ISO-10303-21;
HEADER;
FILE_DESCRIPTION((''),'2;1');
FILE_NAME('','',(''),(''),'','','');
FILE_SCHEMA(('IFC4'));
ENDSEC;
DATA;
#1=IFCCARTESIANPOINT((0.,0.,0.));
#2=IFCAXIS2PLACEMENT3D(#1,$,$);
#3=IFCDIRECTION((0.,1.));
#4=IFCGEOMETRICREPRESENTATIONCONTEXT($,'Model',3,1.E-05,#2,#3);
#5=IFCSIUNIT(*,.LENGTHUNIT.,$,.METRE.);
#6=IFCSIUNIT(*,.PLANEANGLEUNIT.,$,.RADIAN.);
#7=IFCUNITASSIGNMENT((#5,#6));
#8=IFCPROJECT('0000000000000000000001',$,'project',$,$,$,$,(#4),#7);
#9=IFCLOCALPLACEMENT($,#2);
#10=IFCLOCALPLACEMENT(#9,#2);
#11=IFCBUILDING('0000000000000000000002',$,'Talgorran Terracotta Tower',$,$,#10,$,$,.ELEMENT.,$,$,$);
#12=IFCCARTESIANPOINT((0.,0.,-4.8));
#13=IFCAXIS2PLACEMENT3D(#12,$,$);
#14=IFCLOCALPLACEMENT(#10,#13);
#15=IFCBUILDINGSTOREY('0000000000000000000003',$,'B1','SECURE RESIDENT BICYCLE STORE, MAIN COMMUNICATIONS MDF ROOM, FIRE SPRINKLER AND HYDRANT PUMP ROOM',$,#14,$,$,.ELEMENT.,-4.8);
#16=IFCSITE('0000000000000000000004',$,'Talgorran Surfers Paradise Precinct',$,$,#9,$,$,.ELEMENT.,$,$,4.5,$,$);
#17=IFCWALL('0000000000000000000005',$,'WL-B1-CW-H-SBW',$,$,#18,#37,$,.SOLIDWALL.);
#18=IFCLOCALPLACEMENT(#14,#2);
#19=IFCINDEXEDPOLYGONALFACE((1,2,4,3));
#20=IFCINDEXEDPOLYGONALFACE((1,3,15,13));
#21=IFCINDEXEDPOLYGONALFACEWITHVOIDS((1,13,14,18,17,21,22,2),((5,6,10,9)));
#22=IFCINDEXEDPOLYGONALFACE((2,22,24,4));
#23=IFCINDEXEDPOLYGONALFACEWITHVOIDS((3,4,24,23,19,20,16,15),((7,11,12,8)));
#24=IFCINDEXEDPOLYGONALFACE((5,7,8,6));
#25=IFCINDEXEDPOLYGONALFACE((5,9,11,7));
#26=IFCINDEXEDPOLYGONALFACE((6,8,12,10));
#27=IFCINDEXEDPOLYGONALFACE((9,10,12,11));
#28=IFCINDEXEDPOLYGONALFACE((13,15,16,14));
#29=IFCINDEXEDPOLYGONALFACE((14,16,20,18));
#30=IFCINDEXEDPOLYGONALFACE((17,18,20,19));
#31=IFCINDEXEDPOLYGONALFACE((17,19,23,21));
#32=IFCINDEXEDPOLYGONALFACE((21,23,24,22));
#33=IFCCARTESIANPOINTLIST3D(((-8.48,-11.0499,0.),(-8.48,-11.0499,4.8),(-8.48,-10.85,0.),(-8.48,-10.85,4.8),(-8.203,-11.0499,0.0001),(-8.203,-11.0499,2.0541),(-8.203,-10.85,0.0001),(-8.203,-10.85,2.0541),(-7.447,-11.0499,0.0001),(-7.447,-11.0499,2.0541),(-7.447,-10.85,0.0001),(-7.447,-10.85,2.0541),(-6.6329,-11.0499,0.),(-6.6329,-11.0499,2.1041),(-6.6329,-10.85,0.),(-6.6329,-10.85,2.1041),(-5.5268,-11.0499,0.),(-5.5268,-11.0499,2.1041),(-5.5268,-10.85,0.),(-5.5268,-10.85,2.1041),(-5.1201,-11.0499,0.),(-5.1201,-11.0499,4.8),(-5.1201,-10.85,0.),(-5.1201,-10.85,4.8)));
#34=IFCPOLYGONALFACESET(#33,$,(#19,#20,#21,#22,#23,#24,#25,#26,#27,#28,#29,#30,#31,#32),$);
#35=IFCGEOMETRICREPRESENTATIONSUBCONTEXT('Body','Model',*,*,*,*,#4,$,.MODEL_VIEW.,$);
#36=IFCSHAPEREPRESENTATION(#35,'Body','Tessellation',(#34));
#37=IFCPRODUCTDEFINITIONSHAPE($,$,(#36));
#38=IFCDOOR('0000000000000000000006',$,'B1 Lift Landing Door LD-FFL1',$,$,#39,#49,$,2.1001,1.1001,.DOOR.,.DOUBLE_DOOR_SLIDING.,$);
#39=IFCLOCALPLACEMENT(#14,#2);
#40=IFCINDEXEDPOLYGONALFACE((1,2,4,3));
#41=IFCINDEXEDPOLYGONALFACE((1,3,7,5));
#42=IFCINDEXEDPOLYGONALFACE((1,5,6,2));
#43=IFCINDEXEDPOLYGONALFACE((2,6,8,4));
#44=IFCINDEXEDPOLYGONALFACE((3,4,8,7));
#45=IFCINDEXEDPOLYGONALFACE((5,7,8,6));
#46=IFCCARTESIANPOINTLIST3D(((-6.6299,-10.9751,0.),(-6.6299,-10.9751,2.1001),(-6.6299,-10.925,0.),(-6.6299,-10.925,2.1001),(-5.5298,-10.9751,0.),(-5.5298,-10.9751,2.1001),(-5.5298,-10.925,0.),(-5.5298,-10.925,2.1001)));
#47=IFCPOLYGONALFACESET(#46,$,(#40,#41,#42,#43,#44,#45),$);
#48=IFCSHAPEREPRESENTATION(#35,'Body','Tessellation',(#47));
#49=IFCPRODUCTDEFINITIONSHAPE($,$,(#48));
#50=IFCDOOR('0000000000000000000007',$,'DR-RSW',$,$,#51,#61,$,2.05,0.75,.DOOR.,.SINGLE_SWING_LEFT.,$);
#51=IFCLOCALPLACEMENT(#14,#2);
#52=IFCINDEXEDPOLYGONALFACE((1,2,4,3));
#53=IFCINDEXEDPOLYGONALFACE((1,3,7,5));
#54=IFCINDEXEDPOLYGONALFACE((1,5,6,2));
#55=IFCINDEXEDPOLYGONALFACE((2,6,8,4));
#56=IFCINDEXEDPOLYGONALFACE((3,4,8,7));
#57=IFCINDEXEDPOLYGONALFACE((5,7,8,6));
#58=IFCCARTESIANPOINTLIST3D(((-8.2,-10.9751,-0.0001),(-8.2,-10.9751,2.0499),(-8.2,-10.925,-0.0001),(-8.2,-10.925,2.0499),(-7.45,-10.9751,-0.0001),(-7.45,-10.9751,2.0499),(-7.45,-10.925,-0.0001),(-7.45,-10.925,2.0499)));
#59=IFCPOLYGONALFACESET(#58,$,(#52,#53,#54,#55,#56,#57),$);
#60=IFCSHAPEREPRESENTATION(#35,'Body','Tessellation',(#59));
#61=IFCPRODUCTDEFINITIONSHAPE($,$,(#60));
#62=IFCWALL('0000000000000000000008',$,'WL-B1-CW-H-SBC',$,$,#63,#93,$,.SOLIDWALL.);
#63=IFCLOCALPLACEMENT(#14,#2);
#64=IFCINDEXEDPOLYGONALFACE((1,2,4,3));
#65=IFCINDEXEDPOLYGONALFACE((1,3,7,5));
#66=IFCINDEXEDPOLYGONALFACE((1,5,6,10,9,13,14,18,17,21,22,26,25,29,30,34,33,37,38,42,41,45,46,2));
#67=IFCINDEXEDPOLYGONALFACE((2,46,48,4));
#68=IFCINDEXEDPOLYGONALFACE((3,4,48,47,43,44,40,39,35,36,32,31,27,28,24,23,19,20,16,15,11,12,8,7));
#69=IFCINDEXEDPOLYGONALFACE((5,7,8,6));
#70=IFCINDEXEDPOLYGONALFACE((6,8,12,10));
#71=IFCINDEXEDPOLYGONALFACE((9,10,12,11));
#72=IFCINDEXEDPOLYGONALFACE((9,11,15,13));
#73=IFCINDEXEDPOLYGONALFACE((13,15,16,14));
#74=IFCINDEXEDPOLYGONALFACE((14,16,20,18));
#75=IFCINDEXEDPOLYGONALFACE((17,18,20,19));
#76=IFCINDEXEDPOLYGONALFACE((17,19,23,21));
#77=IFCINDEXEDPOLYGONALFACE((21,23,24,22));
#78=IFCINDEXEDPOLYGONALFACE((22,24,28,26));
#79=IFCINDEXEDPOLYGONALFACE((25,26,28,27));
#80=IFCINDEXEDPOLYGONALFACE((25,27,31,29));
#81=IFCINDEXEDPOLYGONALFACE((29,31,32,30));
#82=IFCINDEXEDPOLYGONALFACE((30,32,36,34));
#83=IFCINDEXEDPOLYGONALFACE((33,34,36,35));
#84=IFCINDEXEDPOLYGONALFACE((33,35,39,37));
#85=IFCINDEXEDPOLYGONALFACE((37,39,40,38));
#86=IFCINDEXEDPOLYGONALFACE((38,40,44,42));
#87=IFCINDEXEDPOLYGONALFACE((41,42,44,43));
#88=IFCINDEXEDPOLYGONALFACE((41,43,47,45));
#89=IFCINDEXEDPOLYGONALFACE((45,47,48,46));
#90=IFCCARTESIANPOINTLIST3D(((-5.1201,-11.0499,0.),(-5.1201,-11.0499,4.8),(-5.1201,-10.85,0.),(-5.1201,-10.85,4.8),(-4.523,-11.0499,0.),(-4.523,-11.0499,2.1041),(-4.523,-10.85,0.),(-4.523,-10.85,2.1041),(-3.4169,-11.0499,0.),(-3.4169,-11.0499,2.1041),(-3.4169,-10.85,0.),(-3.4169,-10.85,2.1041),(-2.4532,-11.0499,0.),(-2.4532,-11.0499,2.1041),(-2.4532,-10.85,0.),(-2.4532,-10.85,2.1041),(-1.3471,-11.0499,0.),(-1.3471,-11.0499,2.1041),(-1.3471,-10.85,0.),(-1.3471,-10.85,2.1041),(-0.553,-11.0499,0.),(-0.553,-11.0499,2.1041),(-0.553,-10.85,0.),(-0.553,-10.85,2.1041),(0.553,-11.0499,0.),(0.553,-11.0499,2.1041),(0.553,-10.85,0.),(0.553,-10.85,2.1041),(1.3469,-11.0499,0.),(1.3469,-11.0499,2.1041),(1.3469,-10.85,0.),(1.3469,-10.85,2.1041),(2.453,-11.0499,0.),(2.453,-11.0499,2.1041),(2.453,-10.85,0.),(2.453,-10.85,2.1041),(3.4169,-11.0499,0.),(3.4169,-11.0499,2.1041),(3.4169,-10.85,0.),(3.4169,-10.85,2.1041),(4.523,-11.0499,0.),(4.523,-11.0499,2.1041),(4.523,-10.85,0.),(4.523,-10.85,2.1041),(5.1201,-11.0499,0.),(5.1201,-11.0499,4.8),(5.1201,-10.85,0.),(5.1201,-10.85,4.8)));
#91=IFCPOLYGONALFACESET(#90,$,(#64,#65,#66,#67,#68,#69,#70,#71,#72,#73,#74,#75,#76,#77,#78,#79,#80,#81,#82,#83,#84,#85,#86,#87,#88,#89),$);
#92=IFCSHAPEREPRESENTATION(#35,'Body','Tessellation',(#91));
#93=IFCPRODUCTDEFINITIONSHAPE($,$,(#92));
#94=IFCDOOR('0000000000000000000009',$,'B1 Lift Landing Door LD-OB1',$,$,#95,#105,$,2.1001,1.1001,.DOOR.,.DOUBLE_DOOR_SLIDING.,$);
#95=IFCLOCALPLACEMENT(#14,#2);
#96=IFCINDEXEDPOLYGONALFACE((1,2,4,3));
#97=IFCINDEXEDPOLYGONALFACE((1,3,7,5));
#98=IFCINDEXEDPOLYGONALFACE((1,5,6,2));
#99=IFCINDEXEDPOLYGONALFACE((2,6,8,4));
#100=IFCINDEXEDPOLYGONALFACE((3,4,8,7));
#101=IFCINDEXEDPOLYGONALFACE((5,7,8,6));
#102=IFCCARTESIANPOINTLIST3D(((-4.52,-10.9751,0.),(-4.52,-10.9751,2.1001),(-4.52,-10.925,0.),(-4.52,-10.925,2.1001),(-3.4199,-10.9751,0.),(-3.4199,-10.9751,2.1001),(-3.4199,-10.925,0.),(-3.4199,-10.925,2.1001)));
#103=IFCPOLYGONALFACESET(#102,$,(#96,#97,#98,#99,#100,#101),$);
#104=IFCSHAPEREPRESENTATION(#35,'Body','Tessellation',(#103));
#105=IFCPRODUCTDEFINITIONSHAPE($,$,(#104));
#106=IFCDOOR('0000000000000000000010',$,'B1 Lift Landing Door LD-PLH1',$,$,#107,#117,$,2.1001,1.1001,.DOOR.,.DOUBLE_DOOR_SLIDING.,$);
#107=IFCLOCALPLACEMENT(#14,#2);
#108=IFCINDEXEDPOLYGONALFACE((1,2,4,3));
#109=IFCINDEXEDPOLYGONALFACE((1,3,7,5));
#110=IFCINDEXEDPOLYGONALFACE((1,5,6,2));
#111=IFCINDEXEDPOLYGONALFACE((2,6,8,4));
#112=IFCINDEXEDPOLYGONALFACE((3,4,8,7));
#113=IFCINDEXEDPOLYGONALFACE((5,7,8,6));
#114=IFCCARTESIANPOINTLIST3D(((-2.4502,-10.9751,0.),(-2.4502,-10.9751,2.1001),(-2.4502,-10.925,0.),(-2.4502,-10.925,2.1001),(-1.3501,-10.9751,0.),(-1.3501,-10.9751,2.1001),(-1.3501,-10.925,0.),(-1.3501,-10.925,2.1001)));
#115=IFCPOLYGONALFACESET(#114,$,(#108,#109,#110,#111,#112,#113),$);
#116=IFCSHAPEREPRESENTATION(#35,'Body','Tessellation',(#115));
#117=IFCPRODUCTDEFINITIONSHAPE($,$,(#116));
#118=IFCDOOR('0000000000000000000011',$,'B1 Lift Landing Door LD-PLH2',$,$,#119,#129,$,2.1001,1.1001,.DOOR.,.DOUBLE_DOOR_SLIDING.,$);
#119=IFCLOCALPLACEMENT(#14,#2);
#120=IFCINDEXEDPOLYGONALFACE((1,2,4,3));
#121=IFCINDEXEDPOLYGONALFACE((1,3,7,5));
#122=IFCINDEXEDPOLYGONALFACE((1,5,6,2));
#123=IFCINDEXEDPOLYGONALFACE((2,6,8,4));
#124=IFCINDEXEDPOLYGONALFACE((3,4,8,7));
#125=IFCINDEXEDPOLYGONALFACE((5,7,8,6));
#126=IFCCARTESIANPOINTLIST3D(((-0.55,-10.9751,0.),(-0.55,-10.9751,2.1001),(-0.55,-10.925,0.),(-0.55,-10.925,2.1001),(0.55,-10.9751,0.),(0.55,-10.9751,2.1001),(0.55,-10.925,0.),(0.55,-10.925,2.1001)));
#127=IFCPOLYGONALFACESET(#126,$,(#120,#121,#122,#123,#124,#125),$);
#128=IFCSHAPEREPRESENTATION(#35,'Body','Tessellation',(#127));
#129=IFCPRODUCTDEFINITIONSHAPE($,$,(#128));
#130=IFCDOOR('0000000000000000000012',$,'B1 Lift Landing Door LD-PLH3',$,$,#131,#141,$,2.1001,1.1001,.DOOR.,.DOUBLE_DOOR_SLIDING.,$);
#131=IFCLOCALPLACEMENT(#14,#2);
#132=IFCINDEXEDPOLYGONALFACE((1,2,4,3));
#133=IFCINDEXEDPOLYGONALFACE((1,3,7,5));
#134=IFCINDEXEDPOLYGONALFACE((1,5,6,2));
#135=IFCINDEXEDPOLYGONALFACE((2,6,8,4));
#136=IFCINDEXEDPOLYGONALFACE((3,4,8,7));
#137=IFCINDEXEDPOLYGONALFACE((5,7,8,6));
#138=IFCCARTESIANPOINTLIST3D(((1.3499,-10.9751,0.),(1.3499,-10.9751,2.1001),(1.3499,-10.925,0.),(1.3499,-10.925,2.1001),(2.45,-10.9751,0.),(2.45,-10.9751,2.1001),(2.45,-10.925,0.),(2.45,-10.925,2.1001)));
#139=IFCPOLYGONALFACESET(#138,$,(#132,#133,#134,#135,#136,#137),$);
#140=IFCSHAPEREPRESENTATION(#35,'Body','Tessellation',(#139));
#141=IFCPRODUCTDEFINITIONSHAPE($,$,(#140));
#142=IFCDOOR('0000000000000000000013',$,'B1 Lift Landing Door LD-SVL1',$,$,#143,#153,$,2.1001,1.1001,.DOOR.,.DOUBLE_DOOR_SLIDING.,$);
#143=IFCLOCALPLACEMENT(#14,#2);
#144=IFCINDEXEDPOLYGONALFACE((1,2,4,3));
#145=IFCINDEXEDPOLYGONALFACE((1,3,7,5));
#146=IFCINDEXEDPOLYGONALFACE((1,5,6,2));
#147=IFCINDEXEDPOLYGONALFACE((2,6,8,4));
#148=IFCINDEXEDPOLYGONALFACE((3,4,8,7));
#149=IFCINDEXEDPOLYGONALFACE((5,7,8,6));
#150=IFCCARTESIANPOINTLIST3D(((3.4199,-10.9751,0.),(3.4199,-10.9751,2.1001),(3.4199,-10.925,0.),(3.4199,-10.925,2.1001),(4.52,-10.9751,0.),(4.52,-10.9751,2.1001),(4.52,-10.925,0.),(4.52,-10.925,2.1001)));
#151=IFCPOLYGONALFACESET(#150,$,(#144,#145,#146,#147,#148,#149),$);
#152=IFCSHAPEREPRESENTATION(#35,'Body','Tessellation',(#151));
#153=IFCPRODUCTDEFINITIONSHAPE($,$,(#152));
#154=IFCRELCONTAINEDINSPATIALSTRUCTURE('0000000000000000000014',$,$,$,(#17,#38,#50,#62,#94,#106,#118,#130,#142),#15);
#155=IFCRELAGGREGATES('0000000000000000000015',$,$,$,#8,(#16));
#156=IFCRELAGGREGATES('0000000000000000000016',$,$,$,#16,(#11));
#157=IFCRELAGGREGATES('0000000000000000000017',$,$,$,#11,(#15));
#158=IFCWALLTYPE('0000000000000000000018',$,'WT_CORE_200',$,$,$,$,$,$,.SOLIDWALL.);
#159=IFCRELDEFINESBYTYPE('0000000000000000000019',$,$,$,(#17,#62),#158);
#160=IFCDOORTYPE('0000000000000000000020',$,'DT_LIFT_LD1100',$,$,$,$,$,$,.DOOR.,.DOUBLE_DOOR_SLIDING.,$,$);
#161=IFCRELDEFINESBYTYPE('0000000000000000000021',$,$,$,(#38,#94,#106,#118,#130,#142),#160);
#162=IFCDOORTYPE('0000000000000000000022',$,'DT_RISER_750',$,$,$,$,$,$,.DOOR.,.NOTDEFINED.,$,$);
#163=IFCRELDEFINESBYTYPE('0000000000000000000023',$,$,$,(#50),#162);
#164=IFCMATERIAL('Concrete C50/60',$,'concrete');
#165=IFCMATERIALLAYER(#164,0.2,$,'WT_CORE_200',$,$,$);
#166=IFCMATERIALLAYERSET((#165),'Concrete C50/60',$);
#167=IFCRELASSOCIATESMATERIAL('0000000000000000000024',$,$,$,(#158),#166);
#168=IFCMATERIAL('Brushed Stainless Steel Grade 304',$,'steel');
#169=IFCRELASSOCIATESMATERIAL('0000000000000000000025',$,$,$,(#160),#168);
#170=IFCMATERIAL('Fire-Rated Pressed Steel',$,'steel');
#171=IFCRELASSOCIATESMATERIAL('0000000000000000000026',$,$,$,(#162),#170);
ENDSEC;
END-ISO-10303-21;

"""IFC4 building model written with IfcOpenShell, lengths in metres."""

from ifc_helpers import new_model, si_unit, direction, frame, frame_2d, origin, place, context, subcontext, project, spatial, rectangle, extrude, material, layer, layer_set, type_object, element, fill, save


model = new_model("IFC4")

# Units and contexts
model_context = context("Model", 3, precision=1e-05, world=origin(), true_north=direction((0.0, 1.0)))
body_context = subcontext(model_context, "Body", "Model", "MODEL_VIEW")
ifc_project = project(units=[si_unit("LENGTHUNIT", "METRE"), si_unit("PLANEANGLEUNIT", "RADIAN")], contexts=[model_context])

# Site, building, storey
site_placement = place(None, origin())
site = spatial("IfcSite", under=ifc_project, at=site_placement, Name="Talgorran Surfers Paradise Precinct", CompositionType="ELEMENT", RefElevation=4.5)
building_placement = place(site_placement, origin())
building = spatial("IfcBuilding", under=site, at=building_placement, Name="Talgorran Terracotta Tower", CompositionType="ELEMENT")
storey_placement = place(building_placement, frame((0.0, 0.0, -4.8)))
storey = spatial("IfcBuildingStorey", under=building, at=storey_placement, Name="B1", Description="SECURE RESIDENT BICYCLE STORE, MAIN COMMUNICATIONS MDF ROOM, FIRE SPRINKLER AND HYDRANT PUMP ROOM", CompositionType="ELEMENT", Elevation=-4.8)

# Shared definitions
ifc_material_1 = material(Name="Concrete C50/60", Category="concrete")

# Walls, openings, doors
ifc_layer_1 = layer(ifc_material_1, 0.2, Name="WT_CORE_200")
ifc_layer_set_1 = layer_set([ifc_layer_1], Name="Concrete C50/60")
wall_type_1 = type_object("IfcWallType", Name="WT_CORE_200", PredefinedType="SOLIDWALL", material=ifc_layer_set_1)
wall_1_placement = place(storey_placement, frame((-8.48, -10.95, 0.0), z_axis=(0.0, 0.0, 1.0), x_axis=(1.0, 0.0, 0.0)))
wall_1 = element("IfcWall", 1, at=wall_1_placement, inside=storey, type_object=wall_type_1, Name="WL-B1-CW-H-SBW", PredefinedType="SOLIDWALL", context=body_context, shape_type="SweptSolid", body=[
    extrude(rectangle(XDim=3.3599, YDim=0.2, at=frame_2d((1.6799, 0.0))), origin(), (0.0, 0.0, 1.0), 4.8),
])
opening_1_placement = place(wall_1_placement, frame((0.28, 0.0, 0.0)))
opening_1 = element("IfcOpeningElement", 2, at=opening_1_placement, cuts=wall_1, PredefinedType="OPENING", context=body_context, shape_type="SweptSolid", body=[
    extrude(rectangle(XDim=0.756, YDim=2.054, at=frame_2d((0.375, 1.0271))), frame((0.0, 0.1099, 0.0), z_axis=(0.0, -1.0, 0.0), x_axis=(1.0, 0.0, 0.0)), (0.0, 0.0, 1.0), 0.22),
])
opening_2_placement = place(wall_1_placement, frame((1.8501, 0.0, 0.0)))
opening_2 = element("IfcOpeningElement", 3, at=opening_2_placement, cuts=wall_1, PredefinedType="OPENING", context=body_context, shape_type="SweptSolid", body=[
    extrude(rectangle(XDim=1.1061, YDim=2.1041, at=frame_2d((0.55, 1.052))), frame((0.0, 0.1099, 0.0), z_axis=(0.0, -1.0, 0.0), x_axis=(1.0, 0.0, 0.0)), (0.0, 0.0, 1.0), 0.22),
])
ifc_material_2 = material(Name="Brushed Stainless Steel Grade 304", Category="steel")
door_type_1 = type_object("IfcDoorType", Name="DT_LIFT_LD1100", OperationType="DOUBLE_DOOR_SLIDING", PredefinedType="DOOR", material=ifc_material_2)
door_1_placement = place(opening_2_placement, origin())
door_1 = element("IfcDoor", 4, at=door_1_placement, inside=storey, type_object=door_type_1, Name="B1 Lift Landing Door LD-FFL1", OperationType="DOUBLE_DOOR_SLIDING", OverallHeight=2.1001, OverallWidth=1.1001, PredefinedType="DOOR", context=body_context, shape_type="SweptSolid", body=[
    extrude(rectangle(XDim=1.1001, YDim=2.1001, at=frame_2d((0.55, 1.05))), frame((0.0, 0.0249, 0.0), z_axis=(0.0, -1.0, 0.0), x_axis=(1.0, 0.0, 0.0)), (0.0, 0.0, 1.0), 0.05),
])
fill(opening_2, door_1)
ifc_material_3 = material(Name="Fire-Rated Pressed Steel", Category="steel")
door_type_2 = type_object("IfcDoorType", Name="DT_RISER_750", OperationType="NOTDEFINED", PredefinedType="DOOR", material=ifc_material_3)
door_2_placement = place(opening_1_placement, origin())
door_2 = element("IfcDoor", 5, at=door_2_placement, inside=storey, type_object=door_type_2, Name="DR-RSW", OperationType="SINGLE_SWING_LEFT", OverallHeight=2.05, OverallWidth=0.75, PredefinedType="DOOR", context=body_context, shape_type="SweptSolid", body=[
    extrude(rectangle(XDim=0.75, YDim=2.05, at=frame_2d((0.375, 1.0249))), frame((0.0, 0.0249, 0.0), z_axis=(0.0, -1.0, 0.0), x_axis=(1.0, 0.0, 0.0)), (0.0, 0.0, 1.0), 0.05),
])
fill(opening_1, door_2)
wall_2_placement = place(storey_placement, frame((-5.1201, -10.95, 0.0), z_axis=(0.0, 0.0, 1.0), x_axis=(1.0, 0.0, 0.0)))
wall_2 = element("IfcWall", 6, at=wall_2_placement, inside=storey, type_object=wall_type_1, Name="WL-B1-CW-H-SBC", PredefinedType="SOLIDWALL", context=body_context, shape_type="SweptSolid", body=[
    extrude(rectangle(XDim=10.2402, YDim=0.2, at=frame_2d((5.1201, 0.0))), origin(), (0.0, 0.0, 1.0), 4.8),
])
opening_3_placement = place(wall_2_placement, frame((0.6001, 0.0, 0.0)))
opening_3 = element("IfcOpeningElement", 7, at=opening_3_placement, cuts=wall_2, PredefinedType="OPENING", context=body_context, shape_type="SweptSolid", body=[
    extrude(rectangle(XDim=1.1061, YDim=2.1041, at=frame_2d((0.55, 1.052))), frame((0.0, 0.1099, 0.0), z_axis=(0.0, -1.0, 0.0), x_axis=(1.0, 0.0, 0.0)), (0.0, 0.0, 1.0), 0.22),
])
opening_4_placement = place(wall_2_placement, frame((2.6699, 0.0, 0.0)))
opening_4 = element("IfcOpeningElement", 8, at=opening_4_placement, cuts=wall_2, PredefinedType="OPENING", context=body_context, shape_type="SweptSolid", body=[
    extrude(rectangle(XDim=1.1061, YDim=2.1041, at=frame_2d((0.55, 1.052))), frame((0.0, 0.1099, 0.0), z_axis=(0.0, -1.0, 0.0), x_axis=(1.0, 0.0, 0.0)), (0.0, 0.0, 1.0), 0.22),
])
opening_5_placement = place(wall_2_placement, frame((4.5701, 0.0, 0.0)))
opening_5 = element("IfcOpeningElement", 9, at=opening_5_placement, cuts=wall_2, PredefinedType="OPENING", context=body_context, shape_type="SweptSolid", body=[
    extrude(rectangle(XDim=1.1061, YDim=2.1041, at=frame_2d((0.55, 1.052))), frame((0.0, 0.1099, 0.0), z_axis=(0.0, -1.0, 0.0), x_axis=(1.0, 0.0, 0.0)), (0.0, 0.0, 1.0), 0.22),
])
opening_6_placement = place(wall_2_placement, frame((6.47, 0.0, 0.0)))
opening_6 = element("IfcOpeningElement", 10, at=opening_6_placement, cuts=wall_2, PredefinedType="OPENING", context=body_context, shape_type="SweptSolid", body=[
    extrude(rectangle(XDim=1.1061, YDim=2.1041, at=frame_2d((0.55, 1.052))), frame((0.0, 0.1099, 0.0), z_axis=(0.0, -1.0, 0.0), x_axis=(1.0, 0.0, 0.0)), (0.0, 0.0, 1.0), 0.22),
])
opening_7_placement = place(wall_2_placement, frame((8.54, 0.0, 0.0)))
opening_7 = element("IfcOpeningElement", 11, at=opening_7_placement, cuts=wall_2, PredefinedType="OPENING", context=body_context, shape_type="SweptSolid", body=[
    extrude(rectangle(XDim=1.1061, YDim=2.1041, at=frame_2d((0.55, 1.052))), frame((0.0, 0.1099, 0.0), z_axis=(0.0, -1.0, 0.0), x_axis=(1.0, 0.0, 0.0)), (0.0, 0.0, 1.0), 0.22),
])
door_3_placement = place(opening_3_placement, origin())
door_3 = element("IfcDoor", 12, at=door_3_placement, inside=storey, type_object=door_type_1, Name="B1 Lift Landing Door LD-OB1", OperationType="DOUBLE_DOOR_SLIDING", OverallHeight=2.1001, OverallWidth=1.1001, PredefinedType="DOOR", context=body_context, shape_type="SweptSolid", body=[
    extrude(rectangle(XDim=1.1001, YDim=2.1001, at=frame_2d((0.55, 1.05))), frame((0.0, 0.0249, 0.0), z_axis=(0.0, -1.0, 0.0), x_axis=(1.0, 0.0, 0.0)), (0.0, 0.0, 1.0), 0.05),
])
fill(opening_3, door_3)
door_4_placement = place(opening_4_placement, origin())
door_4 = element("IfcDoor", 13, at=door_4_placement, inside=storey, type_object=door_type_1, Name="B1 Lift Landing Door LD-PLH1", OperationType="DOUBLE_DOOR_SLIDING", OverallHeight=2.1001, OverallWidth=1.1001, PredefinedType="DOOR", context=body_context, shape_type="SweptSolid", body=[
    extrude(rectangle(XDim=1.1001, YDim=2.1001, at=frame_2d((0.55, 1.05))), frame((0.0, 0.0249, 0.0), z_axis=(0.0, -1.0, 0.0), x_axis=(1.0, 0.0, 0.0)), (0.0, 0.0, 1.0), 0.05),
])
fill(opening_4, door_4)
door_5_placement = place(opening_5_placement, origin())
door_5 = element("IfcDoor", 14, at=door_5_placement, inside=storey, type_object=door_type_1, Name="B1 Lift Landing Door LD-PLH2", OperationType="DOUBLE_DOOR_SLIDING", OverallHeight=2.1001, OverallWidth=1.1001, PredefinedType="DOOR", context=body_context, shape_type="SweptSolid", body=[
    extrude(rectangle(XDim=1.1001, YDim=2.1001, at=frame_2d((0.55, 1.05))), frame((0.0, 0.0249, 0.0), z_axis=(0.0, -1.0, 0.0), x_axis=(1.0, 0.0, 0.0)), (0.0, 0.0, 1.0), 0.05),
])
fill(opening_5, door_5)
door_6_placement = place(opening_6_placement, origin())
door_6 = element("IfcDoor", 15, at=door_6_placement, inside=storey, type_object=door_type_1, Name="B1 Lift Landing Door LD-PLH3", OperationType="DOUBLE_DOOR_SLIDING", OverallHeight=2.1001, OverallWidth=1.1001, PredefinedType="DOOR", context=body_context, shape_type="SweptSolid", body=[
    extrude(rectangle(XDim=1.1001, YDim=2.1001, at=frame_2d((0.55, 1.05))), frame((0.0, 0.0249, 0.0), z_axis=(0.0, -1.0, 0.0), x_axis=(1.0, 0.0, 0.0)), (0.0, 0.0, 1.0), 0.05),
])
fill(opening_6, door_6)
door_7_placement = place(opening_7_placement, origin())
door_7 = element("IfcDoor", 16, at=door_7_placement, inside=storey, type_object=door_type_1, Name="B1 Lift Landing Door LD-SVL1", OperationType="DOUBLE_DOOR_SLIDING", OverallHeight=2.1001, OverallWidth=1.1001, PredefinedType="DOOR", context=body_context, shape_type="SweptSolid", body=[
    extrude(rectangle(XDim=1.1001, YDim=2.1001, at=frame_2d((0.55, 1.05))), frame((0.0, 0.0249, 0.0), z_axis=(0.0, -1.0, 0.0), x_axis=(1.0, 0.0, 0.0)), (0.0, 0.0, 1.0), 0.05),
])
fill(opening_7, door_7)

save(model, "model.ifc")
